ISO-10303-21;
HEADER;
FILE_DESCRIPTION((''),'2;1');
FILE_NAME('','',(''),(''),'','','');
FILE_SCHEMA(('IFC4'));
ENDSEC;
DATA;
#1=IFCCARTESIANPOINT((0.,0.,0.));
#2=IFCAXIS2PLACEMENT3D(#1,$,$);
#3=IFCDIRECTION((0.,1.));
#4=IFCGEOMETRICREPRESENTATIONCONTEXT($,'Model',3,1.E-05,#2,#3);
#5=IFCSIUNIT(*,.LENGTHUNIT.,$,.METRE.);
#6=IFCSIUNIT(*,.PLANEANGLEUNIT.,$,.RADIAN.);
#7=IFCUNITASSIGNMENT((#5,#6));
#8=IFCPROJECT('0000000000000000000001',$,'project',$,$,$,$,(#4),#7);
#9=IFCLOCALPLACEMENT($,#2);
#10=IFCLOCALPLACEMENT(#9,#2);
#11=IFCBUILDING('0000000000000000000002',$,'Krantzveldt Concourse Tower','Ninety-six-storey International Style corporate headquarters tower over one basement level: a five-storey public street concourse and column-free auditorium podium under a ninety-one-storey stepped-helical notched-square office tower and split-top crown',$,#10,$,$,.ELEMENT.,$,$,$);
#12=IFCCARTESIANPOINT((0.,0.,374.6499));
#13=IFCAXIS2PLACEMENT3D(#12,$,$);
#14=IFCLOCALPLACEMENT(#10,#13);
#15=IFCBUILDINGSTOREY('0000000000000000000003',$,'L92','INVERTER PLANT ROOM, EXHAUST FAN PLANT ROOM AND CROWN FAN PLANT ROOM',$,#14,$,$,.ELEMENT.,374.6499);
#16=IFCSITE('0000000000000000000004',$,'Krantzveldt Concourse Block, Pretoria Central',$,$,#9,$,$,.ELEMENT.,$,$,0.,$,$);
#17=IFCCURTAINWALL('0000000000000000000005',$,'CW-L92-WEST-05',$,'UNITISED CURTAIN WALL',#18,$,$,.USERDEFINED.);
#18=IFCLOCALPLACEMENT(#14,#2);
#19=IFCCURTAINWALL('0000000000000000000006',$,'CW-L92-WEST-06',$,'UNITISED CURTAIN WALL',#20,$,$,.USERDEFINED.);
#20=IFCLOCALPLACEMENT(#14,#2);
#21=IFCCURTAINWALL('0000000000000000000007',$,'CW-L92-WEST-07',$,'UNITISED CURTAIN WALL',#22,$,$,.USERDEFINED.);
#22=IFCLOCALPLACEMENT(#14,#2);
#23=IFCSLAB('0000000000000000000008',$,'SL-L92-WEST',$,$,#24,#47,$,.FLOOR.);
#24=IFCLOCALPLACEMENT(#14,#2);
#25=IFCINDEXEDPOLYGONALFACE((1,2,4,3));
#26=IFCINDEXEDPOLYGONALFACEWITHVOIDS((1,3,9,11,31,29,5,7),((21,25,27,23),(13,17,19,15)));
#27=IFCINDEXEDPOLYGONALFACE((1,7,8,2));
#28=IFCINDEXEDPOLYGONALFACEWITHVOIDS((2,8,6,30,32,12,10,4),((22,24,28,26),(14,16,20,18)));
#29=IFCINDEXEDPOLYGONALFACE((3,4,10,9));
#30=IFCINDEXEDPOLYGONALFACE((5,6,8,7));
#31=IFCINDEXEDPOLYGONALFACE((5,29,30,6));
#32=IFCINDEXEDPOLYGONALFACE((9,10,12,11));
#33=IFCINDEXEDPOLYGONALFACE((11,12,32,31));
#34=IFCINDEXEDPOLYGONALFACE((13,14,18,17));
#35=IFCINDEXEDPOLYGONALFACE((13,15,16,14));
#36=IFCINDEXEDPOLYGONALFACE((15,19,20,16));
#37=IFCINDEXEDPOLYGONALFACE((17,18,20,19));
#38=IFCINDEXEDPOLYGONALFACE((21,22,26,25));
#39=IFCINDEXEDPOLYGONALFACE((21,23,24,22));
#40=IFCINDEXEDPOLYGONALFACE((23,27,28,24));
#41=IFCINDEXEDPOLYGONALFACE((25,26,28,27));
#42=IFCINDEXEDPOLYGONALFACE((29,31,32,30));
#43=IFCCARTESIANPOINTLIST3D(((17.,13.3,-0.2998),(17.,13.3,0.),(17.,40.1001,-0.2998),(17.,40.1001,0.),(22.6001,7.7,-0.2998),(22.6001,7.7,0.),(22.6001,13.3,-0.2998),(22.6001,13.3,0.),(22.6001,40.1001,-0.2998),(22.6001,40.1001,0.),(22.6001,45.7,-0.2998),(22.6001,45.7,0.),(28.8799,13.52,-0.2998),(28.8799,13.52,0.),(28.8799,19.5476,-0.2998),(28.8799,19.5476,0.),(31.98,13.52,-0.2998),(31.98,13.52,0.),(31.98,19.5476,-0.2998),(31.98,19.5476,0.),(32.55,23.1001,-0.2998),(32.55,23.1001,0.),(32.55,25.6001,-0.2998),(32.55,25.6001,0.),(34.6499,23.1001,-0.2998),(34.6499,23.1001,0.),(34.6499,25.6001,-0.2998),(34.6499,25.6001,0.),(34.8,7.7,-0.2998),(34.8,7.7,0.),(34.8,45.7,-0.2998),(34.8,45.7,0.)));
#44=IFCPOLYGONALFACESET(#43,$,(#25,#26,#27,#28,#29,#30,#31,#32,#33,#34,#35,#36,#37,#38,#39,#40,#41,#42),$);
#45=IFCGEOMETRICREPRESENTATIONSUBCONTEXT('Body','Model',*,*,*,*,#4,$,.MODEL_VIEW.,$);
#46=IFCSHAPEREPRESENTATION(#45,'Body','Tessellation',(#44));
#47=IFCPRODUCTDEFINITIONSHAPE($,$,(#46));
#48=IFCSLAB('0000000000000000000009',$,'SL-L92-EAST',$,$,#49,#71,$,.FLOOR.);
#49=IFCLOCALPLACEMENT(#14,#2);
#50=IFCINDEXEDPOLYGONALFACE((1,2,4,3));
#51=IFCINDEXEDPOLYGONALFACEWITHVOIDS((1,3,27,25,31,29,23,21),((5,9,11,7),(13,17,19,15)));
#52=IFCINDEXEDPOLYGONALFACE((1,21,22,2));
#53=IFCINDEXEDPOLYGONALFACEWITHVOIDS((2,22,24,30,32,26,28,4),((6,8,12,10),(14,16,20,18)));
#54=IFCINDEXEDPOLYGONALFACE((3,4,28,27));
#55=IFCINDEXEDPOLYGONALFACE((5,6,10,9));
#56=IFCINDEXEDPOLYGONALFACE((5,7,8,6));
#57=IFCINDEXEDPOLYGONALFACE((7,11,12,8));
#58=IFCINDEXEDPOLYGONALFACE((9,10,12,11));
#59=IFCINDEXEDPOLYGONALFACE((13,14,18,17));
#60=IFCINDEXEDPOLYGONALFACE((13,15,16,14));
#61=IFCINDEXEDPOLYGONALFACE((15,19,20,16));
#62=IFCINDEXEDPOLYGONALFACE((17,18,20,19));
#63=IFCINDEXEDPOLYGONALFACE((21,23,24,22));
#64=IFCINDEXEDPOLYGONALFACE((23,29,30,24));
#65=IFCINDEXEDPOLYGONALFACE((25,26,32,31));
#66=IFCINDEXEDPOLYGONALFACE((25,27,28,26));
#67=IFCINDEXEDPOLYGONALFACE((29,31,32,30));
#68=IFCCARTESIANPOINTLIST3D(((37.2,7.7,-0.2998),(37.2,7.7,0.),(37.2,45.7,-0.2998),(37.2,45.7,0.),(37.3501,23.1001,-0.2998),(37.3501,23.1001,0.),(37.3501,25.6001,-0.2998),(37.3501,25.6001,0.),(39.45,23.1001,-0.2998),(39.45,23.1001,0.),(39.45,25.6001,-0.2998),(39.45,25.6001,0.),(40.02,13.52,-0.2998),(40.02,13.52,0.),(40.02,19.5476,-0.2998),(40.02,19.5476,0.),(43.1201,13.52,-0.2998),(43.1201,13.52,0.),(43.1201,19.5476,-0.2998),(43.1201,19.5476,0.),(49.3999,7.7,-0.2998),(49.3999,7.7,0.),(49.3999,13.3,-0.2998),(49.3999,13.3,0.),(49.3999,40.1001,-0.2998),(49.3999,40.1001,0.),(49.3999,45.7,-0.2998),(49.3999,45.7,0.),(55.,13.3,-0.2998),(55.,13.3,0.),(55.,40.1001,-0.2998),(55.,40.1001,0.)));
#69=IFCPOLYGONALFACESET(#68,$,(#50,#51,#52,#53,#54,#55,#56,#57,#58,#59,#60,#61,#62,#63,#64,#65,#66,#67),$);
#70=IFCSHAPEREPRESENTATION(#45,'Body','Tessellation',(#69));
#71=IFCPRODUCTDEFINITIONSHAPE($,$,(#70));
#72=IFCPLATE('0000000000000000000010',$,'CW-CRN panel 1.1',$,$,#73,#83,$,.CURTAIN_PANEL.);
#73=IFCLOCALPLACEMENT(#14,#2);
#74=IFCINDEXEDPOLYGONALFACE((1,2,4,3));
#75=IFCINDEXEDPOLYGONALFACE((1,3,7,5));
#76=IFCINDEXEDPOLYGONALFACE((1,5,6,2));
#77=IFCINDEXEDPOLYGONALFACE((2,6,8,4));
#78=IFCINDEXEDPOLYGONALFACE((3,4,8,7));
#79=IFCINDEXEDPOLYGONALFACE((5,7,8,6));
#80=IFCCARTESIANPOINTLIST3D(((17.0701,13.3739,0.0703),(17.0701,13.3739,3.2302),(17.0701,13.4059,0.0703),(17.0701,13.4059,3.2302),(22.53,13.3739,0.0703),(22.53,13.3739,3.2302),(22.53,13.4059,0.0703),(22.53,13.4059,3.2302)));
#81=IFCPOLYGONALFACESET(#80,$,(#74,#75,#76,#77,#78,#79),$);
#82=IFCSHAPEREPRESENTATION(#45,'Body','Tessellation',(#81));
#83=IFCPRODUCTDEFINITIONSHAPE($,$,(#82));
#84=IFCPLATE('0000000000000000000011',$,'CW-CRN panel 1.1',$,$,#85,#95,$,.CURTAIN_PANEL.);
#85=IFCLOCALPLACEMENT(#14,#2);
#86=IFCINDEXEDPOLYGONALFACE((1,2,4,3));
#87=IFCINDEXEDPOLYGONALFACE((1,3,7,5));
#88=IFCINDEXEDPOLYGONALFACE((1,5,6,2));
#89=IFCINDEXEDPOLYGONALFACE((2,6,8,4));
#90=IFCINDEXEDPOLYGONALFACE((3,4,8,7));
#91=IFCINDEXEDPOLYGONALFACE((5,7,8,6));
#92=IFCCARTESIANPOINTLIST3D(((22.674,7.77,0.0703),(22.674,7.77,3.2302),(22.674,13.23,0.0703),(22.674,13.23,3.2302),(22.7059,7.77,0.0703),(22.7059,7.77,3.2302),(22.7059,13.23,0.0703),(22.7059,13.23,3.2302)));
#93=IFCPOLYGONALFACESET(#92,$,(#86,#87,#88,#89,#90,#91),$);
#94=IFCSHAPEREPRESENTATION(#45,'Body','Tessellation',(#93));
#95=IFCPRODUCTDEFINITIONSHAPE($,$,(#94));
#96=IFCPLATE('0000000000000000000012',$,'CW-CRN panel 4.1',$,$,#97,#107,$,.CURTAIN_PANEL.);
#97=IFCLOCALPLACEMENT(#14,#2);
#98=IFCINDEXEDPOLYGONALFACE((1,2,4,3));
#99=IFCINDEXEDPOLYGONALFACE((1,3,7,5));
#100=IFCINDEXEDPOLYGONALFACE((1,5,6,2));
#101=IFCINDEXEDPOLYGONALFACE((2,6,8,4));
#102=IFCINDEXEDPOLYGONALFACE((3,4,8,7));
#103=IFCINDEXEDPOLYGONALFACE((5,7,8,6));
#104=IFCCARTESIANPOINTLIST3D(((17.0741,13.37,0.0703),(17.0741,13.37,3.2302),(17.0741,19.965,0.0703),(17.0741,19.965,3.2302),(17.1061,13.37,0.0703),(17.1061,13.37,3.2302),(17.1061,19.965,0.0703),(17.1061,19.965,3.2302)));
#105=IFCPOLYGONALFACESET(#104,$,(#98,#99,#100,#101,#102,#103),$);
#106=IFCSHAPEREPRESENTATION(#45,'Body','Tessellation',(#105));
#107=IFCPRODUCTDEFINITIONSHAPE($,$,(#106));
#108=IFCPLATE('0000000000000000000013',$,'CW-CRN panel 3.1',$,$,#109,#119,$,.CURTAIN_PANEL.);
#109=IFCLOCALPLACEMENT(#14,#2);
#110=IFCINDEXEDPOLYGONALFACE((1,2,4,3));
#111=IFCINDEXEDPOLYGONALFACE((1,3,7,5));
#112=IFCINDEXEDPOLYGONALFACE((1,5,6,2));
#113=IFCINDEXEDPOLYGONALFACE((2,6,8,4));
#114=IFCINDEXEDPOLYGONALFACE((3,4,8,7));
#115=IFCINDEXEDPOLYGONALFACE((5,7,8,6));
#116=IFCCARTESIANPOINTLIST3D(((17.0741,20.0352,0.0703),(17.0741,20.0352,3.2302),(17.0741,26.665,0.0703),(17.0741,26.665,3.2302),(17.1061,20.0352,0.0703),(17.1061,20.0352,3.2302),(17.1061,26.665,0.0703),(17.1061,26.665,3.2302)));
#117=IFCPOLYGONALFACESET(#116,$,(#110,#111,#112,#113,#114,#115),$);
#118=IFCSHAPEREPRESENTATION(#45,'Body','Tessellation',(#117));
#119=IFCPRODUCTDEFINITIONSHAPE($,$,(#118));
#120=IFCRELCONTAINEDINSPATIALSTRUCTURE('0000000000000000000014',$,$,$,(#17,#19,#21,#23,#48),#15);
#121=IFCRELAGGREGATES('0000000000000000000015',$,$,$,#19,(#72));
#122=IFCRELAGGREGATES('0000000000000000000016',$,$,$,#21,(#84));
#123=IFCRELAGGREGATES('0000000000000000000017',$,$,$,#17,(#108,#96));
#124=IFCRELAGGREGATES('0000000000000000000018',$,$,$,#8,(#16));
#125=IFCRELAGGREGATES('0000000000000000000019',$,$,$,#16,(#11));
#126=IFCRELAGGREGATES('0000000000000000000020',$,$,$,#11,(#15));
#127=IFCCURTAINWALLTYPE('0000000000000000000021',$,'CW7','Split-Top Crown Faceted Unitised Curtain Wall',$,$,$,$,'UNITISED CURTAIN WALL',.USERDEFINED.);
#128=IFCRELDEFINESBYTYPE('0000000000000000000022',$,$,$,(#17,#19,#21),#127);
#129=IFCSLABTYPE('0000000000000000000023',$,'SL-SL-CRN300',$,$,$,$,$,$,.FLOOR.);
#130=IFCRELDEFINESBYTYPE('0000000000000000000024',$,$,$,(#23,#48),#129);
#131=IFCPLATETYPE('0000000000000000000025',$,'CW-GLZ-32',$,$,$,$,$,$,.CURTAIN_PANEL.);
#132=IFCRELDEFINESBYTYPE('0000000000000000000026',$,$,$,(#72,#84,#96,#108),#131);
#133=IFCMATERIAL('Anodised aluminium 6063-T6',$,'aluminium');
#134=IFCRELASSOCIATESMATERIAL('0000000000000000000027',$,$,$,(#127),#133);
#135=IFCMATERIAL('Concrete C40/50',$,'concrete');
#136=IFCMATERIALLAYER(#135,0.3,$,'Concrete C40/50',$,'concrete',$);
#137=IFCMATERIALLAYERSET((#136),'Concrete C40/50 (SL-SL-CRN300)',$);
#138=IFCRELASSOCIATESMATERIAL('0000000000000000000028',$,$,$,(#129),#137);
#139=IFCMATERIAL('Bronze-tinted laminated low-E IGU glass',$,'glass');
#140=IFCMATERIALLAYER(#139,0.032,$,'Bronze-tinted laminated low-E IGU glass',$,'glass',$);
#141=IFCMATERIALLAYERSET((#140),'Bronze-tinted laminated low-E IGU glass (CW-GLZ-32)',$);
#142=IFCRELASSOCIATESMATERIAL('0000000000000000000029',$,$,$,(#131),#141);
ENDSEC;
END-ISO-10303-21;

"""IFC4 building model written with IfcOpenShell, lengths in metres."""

from ifc_helpers import new_model, si_unit, direction, frame, origin, origin_2d, place, context, subcontext, project, spatial, polyline, rectangle, outline, extrude, source, transform, mapped, material, layer, layer_set, type_object, type_shapes, element, aggregate, save


model = new_model("IFC4")

# Units and contexts
model_context = context("Model", 3, precision=1e-05, world=origin(), true_north=direction((0.0, 1.0)))
body_context = subcontext(model_context, "Body", "Model", "MODEL_VIEW")
ifc_project = project(units=[si_unit("LENGTHUNIT", "METRE"), si_unit("PLANEANGLEUNIT", "RADIAN")], contexts=[model_context])

# Site, building, storey
site_placement = place(None, origin())
site = spatial("IfcSite", under=ifc_project, at=site_placement, Name="Krantzveldt Concourse Block, Pretoria Central", CompositionType="ELEMENT", RefElevation=0.0)
building_placement = place(site_placement, origin())
building = spatial("IfcBuilding", under=site, at=building_placement, Name="Krantzveldt Concourse Tower", Description="Ninety-six-storey International Style corporate headquarters tower over one basement level: a five-storey public street concourse and column-free auditorium podium under a ninety-one-storey stepped-helical notched-square office tower and split-top crown", CompositionType="ELEMENT")
storey_placement = place(building_placement, frame((0.0, 0.0, 374.6499)))
storey = spatial("IfcBuildingStorey", under=building, at=storey_placement, Name="L92", Description="INVERTER PLANT ROOM, EXHAUST FAN PLANT ROOM AND CROWN FAN PLANT ROOM", CompositionType="ELEMENT", Elevation=374.6499)

# Curtain walls
ifc_material_1 = material(Name="Anodised aluminium 6063-T6", Category="aluminium")
curtain_wall_type = type_object("IfcCurtainWallType", Name="CW7", Description="Split-Top Crown Faceted Unitised Curtain Wall", ElementType="UNITISED CURTAIN WALL", PredefinedType="USERDEFINED", material=ifc_material_1)
curtain_wall_1_placement = place(storey_placement, origin())
curtain_wall_1 = element("IfcCurtainWall", 1, at=curtain_wall_1_placement, inside=storey, type_object=curtain_wall_type, Name="CW-L92-WEST-05", ObjectType="UNITISED CURTAIN WALL", PredefinedType="USERDEFINED")
curtain_wall_2_placement = place(storey_placement, origin())
curtain_wall_2 = element("IfcCurtainWall", 2, at=curtain_wall_2_placement, inside=storey, type_object=curtain_wall_type, Name="CW-L92-WEST-06", ObjectType="UNITISED CURTAIN WALL", PredefinedType="USERDEFINED")
curtain_wall_3_placement = place(storey_placement, origin())
curtain_wall_3 = element("IfcCurtainWall", 3, at=curtain_wall_3_placement, inside=storey, type_object=curtain_wall_type, Name="CW-L92-WEST-07", ObjectType="UNITISED CURTAIN WALL", PredefinedType="USERDEFINED")

# Slabs
ifc_material_2 = material(Name="Concrete C40/50", Category="concrete")
ifc_layer_1 = layer(ifc_material_2, 0.3, Name="Concrete C40/50", Category="concrete")
ifc_layer_set_1 = layer_set([ifc_layer_1], Name="Concrete C40/50 (SL-SL-CRN300)")
slab_type_1 = type_object("IfcSlabType", Name="SL-SL-CRN300", PredefinedType="FLOOR", material=ifc_layer_set_1)
slab_1_placement = place(storey_placement, frame((0.0, 0.0, -0.2998)))
element("IfcSlab", 4, at=slab_1_placement, inside=storey, type_object=slab_type_1, Name="SL-L92-WEST", PredefinedType="FLOOR", context=body_context, shape_type="SweptSolid", body=[
    extrude(outline(polyline([(22.6001, 7.7), (34.8, 7.7), (34.8, 45.7), (22.6001, 45.7), (22.6001, 40.1001), (17.0, 40.1001), (17.0, 13.3), (22.6001, 13.3), (22.6001, 7.7)]), holes=[polyline([(28.8799, 19.5476), (28.8799, 13.52), (31.98, 13.52), (31.98, 19.5476), (28.8799, 19.5476)]), polyline([(32.55, 23.1001), (34.6499, 23.1001), (34.6499, 25.6001), (32.55, 25.6001), (32.55, 23.1001)])]), origin(), (0.0, 0.0, 1.0), 0.2998),
])
slab_2_placement = place(storey_placement, frame((0.0, 0.0, -0.2998)))
element("IfcSlab", 5, at=slab_2_placement, inside=storey, type_object=slab_type_1, Name="SL-L92-EAST", PredefinedType="FLOOR", context=body_context, shape_type="SweptSolid", body=[
    extrude(outline(polyline([(37.2, 7.7), (49.3999, 7.7), (49.3999, 13.3), (55.0, 13.3), (55.0, 40.1001), (49.3999, 40.1001), (49.3999, 45.7), (37.2, 45.7), (37.2, 7.7)]), holes=[polyline([(40.02, 19.5476), (40.02, 13.52), (43.1201, 13.52), (43.1201, 19.5476), (40.02, 19.5476)]), polyline([(37.3501, 23.1001), (39.45, 23.1001), (39.45, 25.6001), (37.3501, 25.6001), (37.3501, 23.1001)])]), origin(), (0.0, 0.0, 1.0), 0.2998),
])

# Plates
ifc_material_3 = material(Name="Bronze-tinted laminated low-E IGU glass", Category="glass")
ifc_layer_2 = layer(ifc_material_3, 0.032, Name="Bronze-tinted laminated low-E IGU glass", Category="glass")
ifc_layer_set_2 = layer_set([ifc_layer_2], Name="Bronze-tinted laminated low-E IGU glass (CW-GLZ-32)")
plate_type_1 = type_object("IfcPlateType", Name="CW-GLZ-32", PredefinedType="CURTAIN_PANEL", material=ifc_layer_set_2)
shared_shape_1 = source(origin(), body_context, "Body", "SweptSolid", [
    extrude(rectangle(XDim=5.46, YDim=0.032, at=origin_2d()), origin(), (0.0, 0.0, 1.0), 3.1599),
])
plate_1_placement = place(storey_placement, frame((19.8, 13.3899, 0.0703), z_axis=(0.0, 0.0, 1.0), x_axis=(1.0, 0.0, 0.0)))
plate_1 = element("IfcPlate", 6, at=plate_1_placement, type_object=plate_type_1, Name="CW-CRN panel 1.1", PredefinedType="CURTAIN_PANEL", context=body_context, shape_type="MappedRepresentation", body=[
    mapped(shared_shape_1, transform((0.0, 0.0, 0.0), x_axis=(1.0, 0.0, 0.0), y_axis=(0.0, 1.0, 0.0), z_axis=(0.0, 0.0, 1.0), scale=1.0)),
])
aggregate(curtain_wall_2, [plate_1])
plate_2_placement = place(storey_placement, frame((22.6899, 10.5, 0.0703), z_axis=(0.0, 0.0, 1.0), x_axis=(0.0, -1.0, 0.0)))
plate_2 = element("IfcPlate", 7, at=plate_2_placement, type_object=plate_type_1, Name="CW-CRN panel 1.1", PredefinedType="CURTAIN_PANEL", context=body_context, shape_type="MappedRepresentation", body=[
    mapped(shared_shape_1, transform((0.0, 0.0, 0.0), x_axis=(1.0, 0.0, 0.0), y_axis=(0.0, 1.0, 0.0), z_axis=(0.0, 0.0, 1.0), scale=1.0)),
])
aggregate(curtain_wall_3, [plate_2])
shared_shape_2 = source(origin(), body_context, "Body", "SweptSolid", [
    extrude(rectangle(XDim=6.595, YDim=0.032, at=origin_2d()), origin(), (0.0, 0.0, 1.0), 3.1599),
])
plate_3_placement = place(storey_placement, frame((17.0901, 16.6675, 0.0703), z_axis=(0.0, 0.0, 1.0), x_axis=(0.0, -1.0, 0.0)))
plate_3 = element("IfcPlate", 8, at=plate_3_placement, type_object=plate_type_1, Name="CW-CRN panel 4.1", PredefinedType="CURTAIN_PANEL", context=body_context, shape_type="MappedRepresentation", body=[
    mapped(shared_shape_2, transform((0.0, 0.0, 0.0), x_axis=(1.0, 0.0, 0.0), y_axis=(0.0, 1.0, 0.0), z_axis=(0.0, 0.0, 1.0), scale=1.0)),
])
shared_shape_3 = source(origin(), body_context, "Body", "SweptSolid", [
    extrude(rectangle(XDim=6.6299, YDim=0.032, at=origin_2d()), origin(), (0.0, 0.0, 1.0), 3.1599),
])
type_shapes(plate_type_1, [shared_shape_1, shared_shape_2, shared_shape_3])
plate_4_placement = place(storey_placement, frame((17.0901, 23.3501, 0.0703), z_axis=(0.0, 0.0, 1.0), x_axis=(0.0, -1.0, 0.0)))
plate_4 = element("IfcPlate", 9, at=plate_4_placement, type_object=plate_type_1, Name="CW-CRN panel 3.1", PredefinedType="CURTAIN_PANEL", context=body_context, shape_type="MappedRepresentation", body=[
    mapped(shared_shape_3, transform((0.0, 0.0, 0.0), x_axis=(1.0, 0.0, 0.0), y_axis=(0.0, 1.0, 0.0), z_axis=(0.0, 0.0, 1.0), scale=1.0)),
])
aggregate(curtain_wall_1, [plate_4, plate_3])

save(model, "model.ifc")
